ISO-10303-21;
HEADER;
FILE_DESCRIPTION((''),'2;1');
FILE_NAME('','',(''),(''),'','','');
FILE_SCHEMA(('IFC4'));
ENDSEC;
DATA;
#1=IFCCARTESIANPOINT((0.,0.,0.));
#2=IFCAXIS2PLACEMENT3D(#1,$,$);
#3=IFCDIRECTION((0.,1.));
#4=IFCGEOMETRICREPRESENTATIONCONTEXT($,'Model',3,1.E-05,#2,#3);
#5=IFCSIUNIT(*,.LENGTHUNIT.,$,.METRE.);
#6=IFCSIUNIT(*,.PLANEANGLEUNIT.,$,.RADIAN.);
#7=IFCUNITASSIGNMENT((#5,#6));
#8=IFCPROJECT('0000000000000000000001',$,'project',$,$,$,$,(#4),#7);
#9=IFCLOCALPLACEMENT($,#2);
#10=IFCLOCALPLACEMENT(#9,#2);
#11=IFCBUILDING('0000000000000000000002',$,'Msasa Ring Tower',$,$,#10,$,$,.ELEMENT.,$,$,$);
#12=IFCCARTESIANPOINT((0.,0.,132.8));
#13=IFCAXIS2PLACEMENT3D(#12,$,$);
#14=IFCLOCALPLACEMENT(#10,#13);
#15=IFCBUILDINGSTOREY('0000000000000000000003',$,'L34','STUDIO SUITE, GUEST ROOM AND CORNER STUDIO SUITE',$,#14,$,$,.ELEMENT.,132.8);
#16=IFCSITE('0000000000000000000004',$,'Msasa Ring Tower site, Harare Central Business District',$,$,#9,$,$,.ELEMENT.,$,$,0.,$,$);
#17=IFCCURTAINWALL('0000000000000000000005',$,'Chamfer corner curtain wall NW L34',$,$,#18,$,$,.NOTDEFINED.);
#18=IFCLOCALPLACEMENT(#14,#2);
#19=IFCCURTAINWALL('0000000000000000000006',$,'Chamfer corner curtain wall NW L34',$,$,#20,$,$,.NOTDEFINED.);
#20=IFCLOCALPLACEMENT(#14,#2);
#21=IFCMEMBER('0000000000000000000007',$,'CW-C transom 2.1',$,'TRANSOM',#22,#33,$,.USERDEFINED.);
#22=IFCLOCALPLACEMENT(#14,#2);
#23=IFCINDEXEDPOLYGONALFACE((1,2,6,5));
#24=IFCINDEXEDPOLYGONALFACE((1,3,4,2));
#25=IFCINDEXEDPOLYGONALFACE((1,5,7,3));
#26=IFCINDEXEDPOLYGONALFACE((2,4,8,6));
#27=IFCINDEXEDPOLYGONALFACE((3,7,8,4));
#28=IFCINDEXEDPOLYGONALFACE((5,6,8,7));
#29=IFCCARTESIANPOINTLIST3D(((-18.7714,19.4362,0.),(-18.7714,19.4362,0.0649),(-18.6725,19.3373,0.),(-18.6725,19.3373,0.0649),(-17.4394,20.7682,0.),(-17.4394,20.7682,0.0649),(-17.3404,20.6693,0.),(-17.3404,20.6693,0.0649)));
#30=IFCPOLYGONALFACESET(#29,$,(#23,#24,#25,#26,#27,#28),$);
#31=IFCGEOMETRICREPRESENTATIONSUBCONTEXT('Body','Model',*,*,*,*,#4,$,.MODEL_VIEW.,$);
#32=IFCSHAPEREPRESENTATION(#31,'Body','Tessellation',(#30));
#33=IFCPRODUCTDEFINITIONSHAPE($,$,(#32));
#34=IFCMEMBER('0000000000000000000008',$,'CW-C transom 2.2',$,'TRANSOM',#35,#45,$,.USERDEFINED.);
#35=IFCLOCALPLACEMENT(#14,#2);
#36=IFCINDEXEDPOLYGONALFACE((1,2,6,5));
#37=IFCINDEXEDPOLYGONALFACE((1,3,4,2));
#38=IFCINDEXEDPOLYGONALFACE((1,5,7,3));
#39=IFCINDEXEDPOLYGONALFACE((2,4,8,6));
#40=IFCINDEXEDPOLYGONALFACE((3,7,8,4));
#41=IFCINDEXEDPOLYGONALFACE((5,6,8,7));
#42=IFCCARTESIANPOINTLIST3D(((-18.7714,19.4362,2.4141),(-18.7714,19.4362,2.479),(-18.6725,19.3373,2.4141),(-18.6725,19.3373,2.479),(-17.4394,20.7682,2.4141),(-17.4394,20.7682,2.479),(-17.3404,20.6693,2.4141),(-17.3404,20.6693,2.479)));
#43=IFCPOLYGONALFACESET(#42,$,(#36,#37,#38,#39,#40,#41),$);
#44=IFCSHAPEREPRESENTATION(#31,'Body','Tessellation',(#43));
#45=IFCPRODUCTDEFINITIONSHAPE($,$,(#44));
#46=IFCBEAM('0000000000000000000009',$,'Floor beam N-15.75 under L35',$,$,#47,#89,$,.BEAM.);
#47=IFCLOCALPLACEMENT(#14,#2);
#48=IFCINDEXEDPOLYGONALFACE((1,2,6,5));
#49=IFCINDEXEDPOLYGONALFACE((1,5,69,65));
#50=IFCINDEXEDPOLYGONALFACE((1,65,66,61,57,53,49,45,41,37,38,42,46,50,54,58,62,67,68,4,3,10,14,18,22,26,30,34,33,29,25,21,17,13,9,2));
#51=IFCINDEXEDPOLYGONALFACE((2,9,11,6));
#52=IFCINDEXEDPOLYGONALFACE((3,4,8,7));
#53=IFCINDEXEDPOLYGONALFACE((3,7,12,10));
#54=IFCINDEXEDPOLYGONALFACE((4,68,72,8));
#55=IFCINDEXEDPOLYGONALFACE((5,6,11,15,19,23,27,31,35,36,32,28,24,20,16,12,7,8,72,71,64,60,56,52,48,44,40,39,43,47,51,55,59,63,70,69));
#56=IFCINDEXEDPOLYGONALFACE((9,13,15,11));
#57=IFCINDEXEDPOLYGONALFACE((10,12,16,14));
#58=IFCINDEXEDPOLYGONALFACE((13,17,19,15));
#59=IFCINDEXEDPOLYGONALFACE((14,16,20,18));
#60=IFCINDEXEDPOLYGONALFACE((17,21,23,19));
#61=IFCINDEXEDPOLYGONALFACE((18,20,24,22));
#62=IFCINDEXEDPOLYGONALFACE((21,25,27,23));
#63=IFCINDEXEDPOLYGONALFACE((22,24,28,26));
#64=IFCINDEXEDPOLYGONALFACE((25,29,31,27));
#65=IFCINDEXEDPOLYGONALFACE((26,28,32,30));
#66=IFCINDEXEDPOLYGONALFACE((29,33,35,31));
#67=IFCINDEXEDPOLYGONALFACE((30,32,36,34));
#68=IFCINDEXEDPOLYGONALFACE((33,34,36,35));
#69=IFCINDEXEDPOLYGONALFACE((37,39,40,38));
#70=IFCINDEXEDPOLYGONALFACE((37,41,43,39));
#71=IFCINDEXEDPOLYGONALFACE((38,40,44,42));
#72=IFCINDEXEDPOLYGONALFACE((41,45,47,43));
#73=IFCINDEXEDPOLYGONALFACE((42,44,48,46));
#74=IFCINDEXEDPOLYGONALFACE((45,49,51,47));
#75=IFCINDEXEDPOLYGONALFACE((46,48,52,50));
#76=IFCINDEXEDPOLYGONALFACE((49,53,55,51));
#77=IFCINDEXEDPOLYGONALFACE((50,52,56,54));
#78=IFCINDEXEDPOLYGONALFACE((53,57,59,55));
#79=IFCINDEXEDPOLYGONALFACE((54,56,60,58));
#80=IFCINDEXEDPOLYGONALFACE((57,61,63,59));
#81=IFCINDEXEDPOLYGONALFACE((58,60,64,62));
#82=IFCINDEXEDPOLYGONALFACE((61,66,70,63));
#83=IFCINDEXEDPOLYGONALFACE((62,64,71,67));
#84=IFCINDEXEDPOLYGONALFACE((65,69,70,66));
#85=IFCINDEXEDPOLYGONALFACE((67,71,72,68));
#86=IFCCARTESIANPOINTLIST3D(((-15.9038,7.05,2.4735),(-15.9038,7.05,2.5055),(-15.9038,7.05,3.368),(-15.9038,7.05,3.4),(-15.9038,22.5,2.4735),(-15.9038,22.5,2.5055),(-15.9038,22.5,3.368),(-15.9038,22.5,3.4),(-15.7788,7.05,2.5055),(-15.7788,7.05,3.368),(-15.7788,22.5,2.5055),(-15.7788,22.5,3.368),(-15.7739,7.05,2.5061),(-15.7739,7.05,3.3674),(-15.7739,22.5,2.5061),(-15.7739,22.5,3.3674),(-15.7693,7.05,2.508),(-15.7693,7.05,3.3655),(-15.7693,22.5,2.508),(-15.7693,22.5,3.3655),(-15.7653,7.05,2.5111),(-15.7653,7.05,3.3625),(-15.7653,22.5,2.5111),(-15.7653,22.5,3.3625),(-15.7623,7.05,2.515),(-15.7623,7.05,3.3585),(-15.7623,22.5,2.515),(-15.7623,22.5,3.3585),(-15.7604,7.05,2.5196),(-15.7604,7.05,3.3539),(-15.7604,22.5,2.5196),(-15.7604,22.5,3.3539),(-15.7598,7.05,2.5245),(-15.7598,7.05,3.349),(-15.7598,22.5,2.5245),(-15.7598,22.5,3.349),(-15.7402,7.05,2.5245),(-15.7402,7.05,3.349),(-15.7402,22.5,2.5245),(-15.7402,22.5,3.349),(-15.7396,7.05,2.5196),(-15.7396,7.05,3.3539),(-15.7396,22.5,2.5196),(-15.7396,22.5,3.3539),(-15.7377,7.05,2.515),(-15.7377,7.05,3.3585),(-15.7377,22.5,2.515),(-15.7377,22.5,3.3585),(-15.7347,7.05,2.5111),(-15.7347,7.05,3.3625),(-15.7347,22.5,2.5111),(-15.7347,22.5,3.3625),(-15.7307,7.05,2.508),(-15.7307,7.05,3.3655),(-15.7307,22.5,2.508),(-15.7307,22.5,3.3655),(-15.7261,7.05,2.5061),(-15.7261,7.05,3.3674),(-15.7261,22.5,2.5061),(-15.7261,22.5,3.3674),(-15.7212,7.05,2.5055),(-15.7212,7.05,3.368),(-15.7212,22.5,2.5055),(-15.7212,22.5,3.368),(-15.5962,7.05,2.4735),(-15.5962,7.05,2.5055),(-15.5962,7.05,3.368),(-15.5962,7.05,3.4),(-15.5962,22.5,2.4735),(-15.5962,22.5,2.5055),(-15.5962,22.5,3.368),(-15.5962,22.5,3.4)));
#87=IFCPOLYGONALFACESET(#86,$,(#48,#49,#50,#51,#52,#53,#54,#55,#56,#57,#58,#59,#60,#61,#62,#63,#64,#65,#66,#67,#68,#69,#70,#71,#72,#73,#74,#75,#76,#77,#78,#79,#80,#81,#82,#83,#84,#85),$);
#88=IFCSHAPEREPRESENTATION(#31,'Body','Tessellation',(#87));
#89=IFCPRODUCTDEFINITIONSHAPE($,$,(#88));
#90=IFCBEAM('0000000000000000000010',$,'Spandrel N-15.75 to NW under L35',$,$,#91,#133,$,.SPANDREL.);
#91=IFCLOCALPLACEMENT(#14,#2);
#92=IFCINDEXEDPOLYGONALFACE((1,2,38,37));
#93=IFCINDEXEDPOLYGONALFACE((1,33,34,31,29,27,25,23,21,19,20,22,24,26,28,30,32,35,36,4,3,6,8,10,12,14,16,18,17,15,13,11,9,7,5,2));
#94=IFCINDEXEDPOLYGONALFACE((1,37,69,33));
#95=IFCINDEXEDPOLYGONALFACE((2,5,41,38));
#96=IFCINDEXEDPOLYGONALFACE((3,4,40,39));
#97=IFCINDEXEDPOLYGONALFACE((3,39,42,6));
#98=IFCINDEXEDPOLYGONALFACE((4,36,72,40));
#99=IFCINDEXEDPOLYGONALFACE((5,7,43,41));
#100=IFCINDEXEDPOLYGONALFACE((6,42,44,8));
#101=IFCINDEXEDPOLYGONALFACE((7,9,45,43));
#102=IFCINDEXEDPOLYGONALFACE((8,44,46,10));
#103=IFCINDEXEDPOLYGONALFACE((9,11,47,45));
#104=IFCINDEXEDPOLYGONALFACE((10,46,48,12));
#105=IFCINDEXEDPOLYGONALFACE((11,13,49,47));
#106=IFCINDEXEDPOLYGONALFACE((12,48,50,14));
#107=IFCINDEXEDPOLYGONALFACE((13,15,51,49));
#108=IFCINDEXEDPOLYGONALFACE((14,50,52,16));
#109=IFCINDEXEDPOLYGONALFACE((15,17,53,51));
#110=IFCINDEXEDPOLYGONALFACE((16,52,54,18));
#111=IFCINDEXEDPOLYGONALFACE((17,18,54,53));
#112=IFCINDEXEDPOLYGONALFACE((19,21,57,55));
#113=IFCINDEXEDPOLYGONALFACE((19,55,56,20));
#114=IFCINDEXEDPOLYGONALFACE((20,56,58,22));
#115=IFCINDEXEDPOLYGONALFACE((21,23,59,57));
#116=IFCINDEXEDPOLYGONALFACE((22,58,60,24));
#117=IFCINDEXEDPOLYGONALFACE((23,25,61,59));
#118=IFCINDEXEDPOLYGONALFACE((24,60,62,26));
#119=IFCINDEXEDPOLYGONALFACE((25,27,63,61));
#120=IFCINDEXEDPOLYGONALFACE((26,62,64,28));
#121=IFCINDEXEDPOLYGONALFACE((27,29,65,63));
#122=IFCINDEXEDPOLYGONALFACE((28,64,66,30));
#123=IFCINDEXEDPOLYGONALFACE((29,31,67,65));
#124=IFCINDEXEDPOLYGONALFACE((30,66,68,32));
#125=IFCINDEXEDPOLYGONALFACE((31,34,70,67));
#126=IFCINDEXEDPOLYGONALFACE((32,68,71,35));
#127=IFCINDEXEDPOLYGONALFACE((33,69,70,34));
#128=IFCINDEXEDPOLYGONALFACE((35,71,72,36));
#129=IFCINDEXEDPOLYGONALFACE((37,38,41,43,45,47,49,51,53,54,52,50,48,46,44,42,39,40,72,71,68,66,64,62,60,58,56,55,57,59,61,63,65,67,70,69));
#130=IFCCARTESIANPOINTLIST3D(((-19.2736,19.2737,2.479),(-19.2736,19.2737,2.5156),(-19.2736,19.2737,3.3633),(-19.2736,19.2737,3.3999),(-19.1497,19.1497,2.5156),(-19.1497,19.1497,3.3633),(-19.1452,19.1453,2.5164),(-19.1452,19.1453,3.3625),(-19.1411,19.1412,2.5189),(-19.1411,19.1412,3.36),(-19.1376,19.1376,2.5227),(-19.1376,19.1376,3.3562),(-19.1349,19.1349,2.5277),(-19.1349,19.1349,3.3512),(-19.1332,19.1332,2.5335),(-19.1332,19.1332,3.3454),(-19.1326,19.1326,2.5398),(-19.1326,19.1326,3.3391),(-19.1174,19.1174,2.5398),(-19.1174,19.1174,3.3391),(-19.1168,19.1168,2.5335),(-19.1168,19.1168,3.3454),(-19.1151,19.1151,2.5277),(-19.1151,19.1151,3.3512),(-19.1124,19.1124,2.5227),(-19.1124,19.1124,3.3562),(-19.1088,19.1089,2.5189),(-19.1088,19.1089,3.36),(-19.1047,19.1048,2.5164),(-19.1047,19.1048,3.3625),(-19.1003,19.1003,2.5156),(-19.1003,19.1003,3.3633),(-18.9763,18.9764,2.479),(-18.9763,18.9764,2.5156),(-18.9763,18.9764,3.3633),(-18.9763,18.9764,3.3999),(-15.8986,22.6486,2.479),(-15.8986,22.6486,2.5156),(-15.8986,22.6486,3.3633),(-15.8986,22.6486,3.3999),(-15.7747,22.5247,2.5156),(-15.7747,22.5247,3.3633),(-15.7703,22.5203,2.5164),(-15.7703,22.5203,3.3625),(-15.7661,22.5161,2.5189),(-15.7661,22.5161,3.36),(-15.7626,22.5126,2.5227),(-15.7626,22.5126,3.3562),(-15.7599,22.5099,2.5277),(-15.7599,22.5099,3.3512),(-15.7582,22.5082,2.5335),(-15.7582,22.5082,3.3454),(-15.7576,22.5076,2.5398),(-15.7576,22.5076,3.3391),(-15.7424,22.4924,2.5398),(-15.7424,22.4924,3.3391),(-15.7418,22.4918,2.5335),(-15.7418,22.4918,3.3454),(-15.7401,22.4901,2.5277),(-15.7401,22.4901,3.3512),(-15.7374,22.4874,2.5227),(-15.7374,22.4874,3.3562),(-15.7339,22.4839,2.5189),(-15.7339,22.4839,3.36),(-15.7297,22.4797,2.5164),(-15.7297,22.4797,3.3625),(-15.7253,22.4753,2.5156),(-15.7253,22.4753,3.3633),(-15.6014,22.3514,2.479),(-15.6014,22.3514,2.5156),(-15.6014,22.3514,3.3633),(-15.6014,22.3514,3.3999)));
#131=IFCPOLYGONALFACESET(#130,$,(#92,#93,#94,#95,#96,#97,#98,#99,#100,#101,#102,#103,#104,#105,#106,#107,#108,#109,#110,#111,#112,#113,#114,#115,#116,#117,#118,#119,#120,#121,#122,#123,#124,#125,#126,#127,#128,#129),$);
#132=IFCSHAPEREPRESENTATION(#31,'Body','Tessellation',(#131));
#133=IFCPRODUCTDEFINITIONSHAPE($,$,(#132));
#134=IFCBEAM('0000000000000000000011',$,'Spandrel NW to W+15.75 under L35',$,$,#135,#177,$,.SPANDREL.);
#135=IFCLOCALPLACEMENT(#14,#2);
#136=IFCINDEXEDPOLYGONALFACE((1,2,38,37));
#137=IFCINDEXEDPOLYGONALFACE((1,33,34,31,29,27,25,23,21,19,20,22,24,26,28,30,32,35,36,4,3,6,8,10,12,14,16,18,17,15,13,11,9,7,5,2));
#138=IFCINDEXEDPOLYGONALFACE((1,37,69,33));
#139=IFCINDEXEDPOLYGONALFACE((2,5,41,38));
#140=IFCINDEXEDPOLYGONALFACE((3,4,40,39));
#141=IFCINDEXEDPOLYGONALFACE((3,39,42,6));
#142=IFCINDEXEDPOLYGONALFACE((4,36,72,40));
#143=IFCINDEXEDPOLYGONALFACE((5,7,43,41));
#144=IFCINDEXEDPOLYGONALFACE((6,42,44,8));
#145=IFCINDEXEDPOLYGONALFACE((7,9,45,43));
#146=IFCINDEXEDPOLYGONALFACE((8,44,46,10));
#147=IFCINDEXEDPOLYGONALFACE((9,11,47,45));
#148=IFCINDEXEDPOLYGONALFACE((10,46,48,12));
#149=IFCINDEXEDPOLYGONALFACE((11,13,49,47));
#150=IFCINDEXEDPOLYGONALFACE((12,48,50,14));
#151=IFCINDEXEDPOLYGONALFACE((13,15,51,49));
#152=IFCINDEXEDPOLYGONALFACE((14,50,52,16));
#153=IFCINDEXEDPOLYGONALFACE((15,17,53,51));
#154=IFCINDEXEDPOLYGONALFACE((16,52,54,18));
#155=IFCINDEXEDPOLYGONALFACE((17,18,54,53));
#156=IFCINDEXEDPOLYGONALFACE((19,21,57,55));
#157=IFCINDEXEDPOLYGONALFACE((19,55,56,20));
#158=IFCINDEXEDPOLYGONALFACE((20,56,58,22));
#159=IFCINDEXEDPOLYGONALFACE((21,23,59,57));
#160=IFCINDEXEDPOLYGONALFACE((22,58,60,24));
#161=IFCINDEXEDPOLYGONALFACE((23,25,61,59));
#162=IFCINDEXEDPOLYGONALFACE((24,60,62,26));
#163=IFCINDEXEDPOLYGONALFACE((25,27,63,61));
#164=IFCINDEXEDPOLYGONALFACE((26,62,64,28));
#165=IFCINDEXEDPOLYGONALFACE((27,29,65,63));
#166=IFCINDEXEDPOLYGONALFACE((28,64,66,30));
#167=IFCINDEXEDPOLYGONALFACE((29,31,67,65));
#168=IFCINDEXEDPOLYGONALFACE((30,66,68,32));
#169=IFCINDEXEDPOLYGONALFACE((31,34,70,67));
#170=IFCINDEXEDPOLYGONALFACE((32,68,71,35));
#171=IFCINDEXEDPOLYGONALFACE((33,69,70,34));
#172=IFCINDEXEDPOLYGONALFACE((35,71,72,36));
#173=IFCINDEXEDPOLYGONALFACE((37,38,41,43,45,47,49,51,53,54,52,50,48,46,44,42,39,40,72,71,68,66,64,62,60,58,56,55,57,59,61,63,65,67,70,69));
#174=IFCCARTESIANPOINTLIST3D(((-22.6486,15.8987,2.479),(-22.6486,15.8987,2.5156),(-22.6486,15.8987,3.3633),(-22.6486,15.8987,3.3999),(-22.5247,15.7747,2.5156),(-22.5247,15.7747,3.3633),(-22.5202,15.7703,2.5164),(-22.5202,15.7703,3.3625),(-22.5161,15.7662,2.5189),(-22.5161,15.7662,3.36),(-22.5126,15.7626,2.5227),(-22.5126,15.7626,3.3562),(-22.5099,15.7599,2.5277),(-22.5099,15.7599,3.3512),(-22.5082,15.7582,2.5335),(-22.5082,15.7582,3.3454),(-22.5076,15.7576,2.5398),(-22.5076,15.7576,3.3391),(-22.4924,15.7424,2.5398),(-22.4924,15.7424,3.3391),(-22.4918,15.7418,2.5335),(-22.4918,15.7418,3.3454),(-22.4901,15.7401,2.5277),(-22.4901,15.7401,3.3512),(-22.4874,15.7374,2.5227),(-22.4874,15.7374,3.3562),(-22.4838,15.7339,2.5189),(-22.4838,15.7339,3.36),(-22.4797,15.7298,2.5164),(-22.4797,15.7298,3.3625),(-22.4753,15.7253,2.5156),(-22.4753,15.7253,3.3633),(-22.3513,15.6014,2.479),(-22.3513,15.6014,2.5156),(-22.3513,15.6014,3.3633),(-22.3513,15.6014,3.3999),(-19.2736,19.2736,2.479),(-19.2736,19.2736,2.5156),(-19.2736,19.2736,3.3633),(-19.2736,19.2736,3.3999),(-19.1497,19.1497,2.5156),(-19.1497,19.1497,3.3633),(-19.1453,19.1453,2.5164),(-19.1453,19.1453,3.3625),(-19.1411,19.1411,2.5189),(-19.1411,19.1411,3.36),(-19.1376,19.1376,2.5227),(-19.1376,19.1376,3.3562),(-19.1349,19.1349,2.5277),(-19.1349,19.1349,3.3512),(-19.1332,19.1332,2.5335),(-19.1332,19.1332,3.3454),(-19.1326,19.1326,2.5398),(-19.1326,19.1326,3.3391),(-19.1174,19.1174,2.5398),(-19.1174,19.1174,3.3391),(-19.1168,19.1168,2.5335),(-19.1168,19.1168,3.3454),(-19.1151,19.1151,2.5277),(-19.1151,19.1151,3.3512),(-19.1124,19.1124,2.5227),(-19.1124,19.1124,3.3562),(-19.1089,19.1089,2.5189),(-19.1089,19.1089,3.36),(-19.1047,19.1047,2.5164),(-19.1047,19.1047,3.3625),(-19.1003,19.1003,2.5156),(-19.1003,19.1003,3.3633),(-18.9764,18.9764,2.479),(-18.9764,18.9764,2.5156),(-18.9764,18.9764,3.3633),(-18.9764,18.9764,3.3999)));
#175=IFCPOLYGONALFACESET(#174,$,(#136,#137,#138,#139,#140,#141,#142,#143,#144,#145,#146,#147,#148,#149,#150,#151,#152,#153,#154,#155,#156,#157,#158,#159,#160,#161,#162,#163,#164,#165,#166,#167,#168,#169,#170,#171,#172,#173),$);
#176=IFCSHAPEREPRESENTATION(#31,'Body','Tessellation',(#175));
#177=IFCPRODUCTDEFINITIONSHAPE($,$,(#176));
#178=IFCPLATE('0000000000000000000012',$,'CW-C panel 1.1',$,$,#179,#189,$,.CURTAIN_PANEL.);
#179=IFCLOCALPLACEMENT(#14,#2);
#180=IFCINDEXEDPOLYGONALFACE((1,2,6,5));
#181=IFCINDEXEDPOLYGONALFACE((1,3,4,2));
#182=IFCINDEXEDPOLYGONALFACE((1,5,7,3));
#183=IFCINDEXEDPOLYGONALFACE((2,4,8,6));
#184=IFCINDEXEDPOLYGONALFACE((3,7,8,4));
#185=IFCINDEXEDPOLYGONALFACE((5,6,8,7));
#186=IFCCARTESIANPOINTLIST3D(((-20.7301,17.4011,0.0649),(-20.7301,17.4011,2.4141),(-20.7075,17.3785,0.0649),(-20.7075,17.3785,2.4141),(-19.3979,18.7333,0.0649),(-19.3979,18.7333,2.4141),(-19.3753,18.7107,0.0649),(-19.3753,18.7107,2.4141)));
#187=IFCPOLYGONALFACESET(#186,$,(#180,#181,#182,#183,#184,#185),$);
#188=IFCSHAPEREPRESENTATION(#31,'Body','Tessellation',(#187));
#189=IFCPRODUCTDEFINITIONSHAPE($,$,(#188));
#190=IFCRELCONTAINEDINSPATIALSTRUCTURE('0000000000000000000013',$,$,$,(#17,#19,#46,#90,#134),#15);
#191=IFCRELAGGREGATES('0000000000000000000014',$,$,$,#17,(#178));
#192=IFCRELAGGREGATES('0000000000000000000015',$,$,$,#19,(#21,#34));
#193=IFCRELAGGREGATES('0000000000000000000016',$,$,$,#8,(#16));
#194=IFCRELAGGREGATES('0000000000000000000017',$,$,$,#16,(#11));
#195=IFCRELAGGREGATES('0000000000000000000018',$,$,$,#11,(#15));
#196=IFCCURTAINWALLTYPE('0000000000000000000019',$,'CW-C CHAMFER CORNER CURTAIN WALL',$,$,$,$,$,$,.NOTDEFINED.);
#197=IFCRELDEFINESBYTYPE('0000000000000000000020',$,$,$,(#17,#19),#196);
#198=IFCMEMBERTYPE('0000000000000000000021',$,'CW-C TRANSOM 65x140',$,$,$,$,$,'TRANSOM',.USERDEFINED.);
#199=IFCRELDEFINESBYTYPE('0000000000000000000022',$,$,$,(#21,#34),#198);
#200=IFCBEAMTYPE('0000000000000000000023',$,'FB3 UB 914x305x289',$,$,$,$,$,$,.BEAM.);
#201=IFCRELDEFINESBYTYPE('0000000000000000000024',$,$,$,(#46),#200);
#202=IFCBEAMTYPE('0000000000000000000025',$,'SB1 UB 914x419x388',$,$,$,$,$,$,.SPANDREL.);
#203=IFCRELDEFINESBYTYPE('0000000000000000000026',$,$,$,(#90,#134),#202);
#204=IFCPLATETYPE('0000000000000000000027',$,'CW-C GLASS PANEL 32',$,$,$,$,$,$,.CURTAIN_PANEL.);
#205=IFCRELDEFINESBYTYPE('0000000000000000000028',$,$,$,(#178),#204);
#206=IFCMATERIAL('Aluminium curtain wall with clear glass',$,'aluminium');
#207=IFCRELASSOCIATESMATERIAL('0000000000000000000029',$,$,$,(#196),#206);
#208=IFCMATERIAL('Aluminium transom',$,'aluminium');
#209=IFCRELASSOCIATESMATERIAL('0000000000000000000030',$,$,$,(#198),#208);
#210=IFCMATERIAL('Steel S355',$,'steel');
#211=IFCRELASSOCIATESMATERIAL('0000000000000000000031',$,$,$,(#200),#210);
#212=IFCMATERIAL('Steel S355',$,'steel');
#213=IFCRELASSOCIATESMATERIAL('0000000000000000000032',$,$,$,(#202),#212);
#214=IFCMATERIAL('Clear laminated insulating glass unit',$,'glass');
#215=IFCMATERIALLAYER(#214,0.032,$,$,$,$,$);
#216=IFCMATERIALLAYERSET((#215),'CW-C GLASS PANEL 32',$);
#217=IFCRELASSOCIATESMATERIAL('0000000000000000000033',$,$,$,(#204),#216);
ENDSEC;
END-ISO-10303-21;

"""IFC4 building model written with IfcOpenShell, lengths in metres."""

from ifc_helpers import new_model, si_unit, direction, frame, origin, origin_2d, place, context, subcontext, project, spatial, rectangle, i_section, extrude, material, layer, layer_set, material_profile, profile_set, type_object, element, aggregate, save


model = new_model("IFC4")

# Units and contexts
model_context = context("Model", 3, precision=1e-05, world=origin(), true_north=direction((0.0, 1.0)))
body_context = subcontext(model_context, "Body", "Model", "MODEL_VIEW")
ifc_project = project(units=[si_unit("LENGTHUNIT", "METRE"), si_unit("PLANEANGLEUNIT", "RADIAN")], contexts=[model_context])

# Site, building, storey
site_placement = place(None, origin())
site = spatial("IfcSite", under=ifc_project, at=site_placement, Name="Msasa Ring Tower site, Harare Central Business District", CompositionType="ELEMENT", RefElevation=0.0)
building_placement = place(site_placement, origin())
building = spatial("IfcBuilding", under=site, at=building_placement, Name="Msasa Ring Tower", CompositionType="ELEMENT")
storey_placement = place(building_placement, frame((0.0, 0.0, 132.8)))
storey = spatial("IfcBuildingStorey", under=building, at=storey_placement, Name="L34", Description="STUDIO SUITE, GUEST ROOM AND CORNER STUDIO SUITE", CompositionType="ELEMENT", Elevation=132.8)

# Curtain walls
ifc_material_1 = material(Name="Aluminium curtain wall with clear glass", Category="aluminium")
curtain_wall_type = type_object("IfcCurtainWallType", Name="CW-C CHAMFER CORNER CURTAIN WALL", PredefinedType="NOTDEFINED", material=ifc_material_1)
curtain_wall_1_placement = place(storey_placement, origin())
curtain_wall_1 = element("IfcCurtainWall", 1, at=curtain_wall_1_placement, inside=storey, type_object=curtain_wall_type, Name="Chamfer corner curtain wall NW L34", PredefinedType="NOTDEFINED")
curtain_wall_2_placement = place(storey_placement, origin())
curtain_wall_2 = element("IfcCurtainWall", 2, at=curtain_wall_2_placement, inside=storey, type_object=curtain_wall_type, Name="Chamfer corner curtain wall NW L34", PredefinedType="NOTDEFINED")

# Members
ifc_material_2 = material(Name="Aluminium transom", Category="aluminium")
ifc_material_profile_1 = material_profile(ifc_material_2, rectangle(XDim=0.1399, YDim=0.0649, at=origin_2d()), Name="AL 65x140")
ifc_profile_set_1 = profile_set([ifc_material_profile_1], Name="Aluminium transom")
member_type_1 = type_object("IfcMemberType", Name="CW-C TRANSOM 65x140", ElementType="TRANSOM", PredefinedType="USERDEFINED", material=ifc_profile_set_1)
member_1_placement = place(storey_placement, frame((-17.3899, 20.7188, 0.0325), z_axis=(-0.707107, -0.707107, 0.0), x_axis=(0.707107, -0.707107, 0.0)))
member_1 = element("IfcMember", 3, at=member_1_placement, type_object=member_type_1, Name="CW-C transom 2.1", ObjectType="TRANSOM", PredefinedType="USERDEFINED", context=body_context, shape_type="SweptSolid", body=[
    extrude(rectangle(XDim=0.1399, YDim=0.0649, at=origin_2d()), origin(), (0.0, 0.0, 1.0), 1.8838),
])
member_2_placement = place(storey_placement, frame((-17.3899, 20.7188, 2.4465), z_axis=(-0.707107, -0.707107, 0.0), x_axis=(0.707107, -0.707107, 0.0)))
member_2 = element("IfcMember", 4, at=member_2_placement, type_object=member_type_1, Name="CW-C transom 2.2", ObjectType="TRANSOM", PredefinedType="USERDEFINED", context=body_context, shape_type="SweptSolid", body=[
    extrude(rectangle(XDim=0.1399, YDim=0.0649, at=origin_2d()), origin(), (0.0, 0.0, 1.0), 1.8838),
])

# Beams
ifc_material_3 = material(Name="Steel S355", Category="steel")
ifc_material_profile_2 = material_profile(ifc_material_3, i_section(OverallWidth=0.3076, OverallDepth=0.9265, WebThickness=0.0195, FlangeThickness=0.032, FilletRadius=0.019, at=origin_2d()), Name="UB 914x305x289")
ifc_profile_set_2 = profile_set([ifc_material_profile_2], Name="Steel S355")
beam_type_1 = type_object("IfcBeamType", Name="FB3 UB 914x305x289", PredefinedType="BEAM", material=ifc_profile_set_2)
beam_placement = place(storey_placement, frame((-15.75, 22.5, 2.9368), z_axis=(0.0, -1.0, 0.0), x_axis=(1.0, 0.0, 0.0)))
element("IfcBeam", 5, at=beam_placement, inside=storey, type_object=beam_type_1, Name="Floor beam N-15.75 under L35", PredefinedType="BEAM", context=body_context, shape_type="SweptSolid", body=[
    extrude(i_section(OverallWidth=0.3076, OverallDepth=0.9265, WebThickness=0.0195, FlangeThickness=0.032, FilletRadius=0.019, at=origin_2d()), origin(), (0.0, 0.0, 1.0), 15.45),
])
ifc_material_4 = material(Name="Steel S355", Category="steel")
ifc_material_profile_3 = material_profile(ifc_material_4, i_section(OverallWidth=0.4204, OverallDepth=0.9209, WebThickness=0.0215, FlangeThickness=0.0366, FilletRadius=0.0242, at=origin_2d()), Name="UB 914x419x388")
ifc_profile_set_3 = profile_set([ifc_material_profile_3], Name="Steel S355")
beam_type_2 = type_object("IfcBeamType", Name="SB1 UB 914x419x388", PredefinedType="SPANDREL", material=ifc_profile_set_3)
for number, where, z_axis, x_axis, name in (
    (6, (-15.75, 22.5, 2.9395), (-0.707107, -0.707107, 0.0), (0.707107, -0.707107, 0.0), "Spandrel N-15.75 to NW under L35"),
    (7, (-19.125, 19.125, 2.9395), (-0.707107, -0.707107, 0.0), (0.707107, -0.707107, 0.0), "Spandrel NW to W+15.75 under L35"),
):
    element("IfcBeam", number, at=place(storey_placement, frame(where, z_axis=z_axis, x_axis=x_axis)), inside=storey, type_object=beam_type_2, Name=name, PredefinedType="SPANDREL", context=body_context, shape_type="SweptSolid", body=[
        extrude(i_section(OverallWidth=0.4204, OverallDepth=0.9209, WebThickness=0.0215, FlangeThickness=0.0366, FilletRadius=0.0242, at=origin_2d()), origin(), (0.0, 0.0, 1.0), 4.7729),
    ])

# Plate
ifc_material_5 = material(Name="Clear laminated insulating glass unit", Category="glass")
ifc_layer_1 = layer(ifc_material_5, 0.032)
ifc_layer_set_1 = layer_set([ifc_layer_1], Name="CW-C GLASS PANEL 32")
plate_type = type_object("IfcPlateType", Name="CW-C GLASS PANEL 32", PredefinedType="CURTAIN_PANEL", material=ifc_layer_set_1)
plate_1_placement = place(storey_placement, frame((-20.0527, 18.0559, 0.0649), z_axis=(0.0, 0.0, 1.0), x_axis=(-0.707107, -0.707107, 0.0)))
plate_1 = element("IfcPlate", 8, at=plate_1_placement, type_object=plate_type, Name="CW-C panel 1.1", PredefinedType="CURTAIN_PANEL", context=body_context, shape_type="SweptSolid", body=[
    extrude(rectangle(XDim=1.884, YDim=0.032, at=origin_2d()), origin(), (0.0, 0.0, 1.0), 2.3491),
])
aggregate(curtain_wall_1, [plate_1])
aggregate(curtain_wall_2, [member_1, member_2])

save(model, "model.ifc")
